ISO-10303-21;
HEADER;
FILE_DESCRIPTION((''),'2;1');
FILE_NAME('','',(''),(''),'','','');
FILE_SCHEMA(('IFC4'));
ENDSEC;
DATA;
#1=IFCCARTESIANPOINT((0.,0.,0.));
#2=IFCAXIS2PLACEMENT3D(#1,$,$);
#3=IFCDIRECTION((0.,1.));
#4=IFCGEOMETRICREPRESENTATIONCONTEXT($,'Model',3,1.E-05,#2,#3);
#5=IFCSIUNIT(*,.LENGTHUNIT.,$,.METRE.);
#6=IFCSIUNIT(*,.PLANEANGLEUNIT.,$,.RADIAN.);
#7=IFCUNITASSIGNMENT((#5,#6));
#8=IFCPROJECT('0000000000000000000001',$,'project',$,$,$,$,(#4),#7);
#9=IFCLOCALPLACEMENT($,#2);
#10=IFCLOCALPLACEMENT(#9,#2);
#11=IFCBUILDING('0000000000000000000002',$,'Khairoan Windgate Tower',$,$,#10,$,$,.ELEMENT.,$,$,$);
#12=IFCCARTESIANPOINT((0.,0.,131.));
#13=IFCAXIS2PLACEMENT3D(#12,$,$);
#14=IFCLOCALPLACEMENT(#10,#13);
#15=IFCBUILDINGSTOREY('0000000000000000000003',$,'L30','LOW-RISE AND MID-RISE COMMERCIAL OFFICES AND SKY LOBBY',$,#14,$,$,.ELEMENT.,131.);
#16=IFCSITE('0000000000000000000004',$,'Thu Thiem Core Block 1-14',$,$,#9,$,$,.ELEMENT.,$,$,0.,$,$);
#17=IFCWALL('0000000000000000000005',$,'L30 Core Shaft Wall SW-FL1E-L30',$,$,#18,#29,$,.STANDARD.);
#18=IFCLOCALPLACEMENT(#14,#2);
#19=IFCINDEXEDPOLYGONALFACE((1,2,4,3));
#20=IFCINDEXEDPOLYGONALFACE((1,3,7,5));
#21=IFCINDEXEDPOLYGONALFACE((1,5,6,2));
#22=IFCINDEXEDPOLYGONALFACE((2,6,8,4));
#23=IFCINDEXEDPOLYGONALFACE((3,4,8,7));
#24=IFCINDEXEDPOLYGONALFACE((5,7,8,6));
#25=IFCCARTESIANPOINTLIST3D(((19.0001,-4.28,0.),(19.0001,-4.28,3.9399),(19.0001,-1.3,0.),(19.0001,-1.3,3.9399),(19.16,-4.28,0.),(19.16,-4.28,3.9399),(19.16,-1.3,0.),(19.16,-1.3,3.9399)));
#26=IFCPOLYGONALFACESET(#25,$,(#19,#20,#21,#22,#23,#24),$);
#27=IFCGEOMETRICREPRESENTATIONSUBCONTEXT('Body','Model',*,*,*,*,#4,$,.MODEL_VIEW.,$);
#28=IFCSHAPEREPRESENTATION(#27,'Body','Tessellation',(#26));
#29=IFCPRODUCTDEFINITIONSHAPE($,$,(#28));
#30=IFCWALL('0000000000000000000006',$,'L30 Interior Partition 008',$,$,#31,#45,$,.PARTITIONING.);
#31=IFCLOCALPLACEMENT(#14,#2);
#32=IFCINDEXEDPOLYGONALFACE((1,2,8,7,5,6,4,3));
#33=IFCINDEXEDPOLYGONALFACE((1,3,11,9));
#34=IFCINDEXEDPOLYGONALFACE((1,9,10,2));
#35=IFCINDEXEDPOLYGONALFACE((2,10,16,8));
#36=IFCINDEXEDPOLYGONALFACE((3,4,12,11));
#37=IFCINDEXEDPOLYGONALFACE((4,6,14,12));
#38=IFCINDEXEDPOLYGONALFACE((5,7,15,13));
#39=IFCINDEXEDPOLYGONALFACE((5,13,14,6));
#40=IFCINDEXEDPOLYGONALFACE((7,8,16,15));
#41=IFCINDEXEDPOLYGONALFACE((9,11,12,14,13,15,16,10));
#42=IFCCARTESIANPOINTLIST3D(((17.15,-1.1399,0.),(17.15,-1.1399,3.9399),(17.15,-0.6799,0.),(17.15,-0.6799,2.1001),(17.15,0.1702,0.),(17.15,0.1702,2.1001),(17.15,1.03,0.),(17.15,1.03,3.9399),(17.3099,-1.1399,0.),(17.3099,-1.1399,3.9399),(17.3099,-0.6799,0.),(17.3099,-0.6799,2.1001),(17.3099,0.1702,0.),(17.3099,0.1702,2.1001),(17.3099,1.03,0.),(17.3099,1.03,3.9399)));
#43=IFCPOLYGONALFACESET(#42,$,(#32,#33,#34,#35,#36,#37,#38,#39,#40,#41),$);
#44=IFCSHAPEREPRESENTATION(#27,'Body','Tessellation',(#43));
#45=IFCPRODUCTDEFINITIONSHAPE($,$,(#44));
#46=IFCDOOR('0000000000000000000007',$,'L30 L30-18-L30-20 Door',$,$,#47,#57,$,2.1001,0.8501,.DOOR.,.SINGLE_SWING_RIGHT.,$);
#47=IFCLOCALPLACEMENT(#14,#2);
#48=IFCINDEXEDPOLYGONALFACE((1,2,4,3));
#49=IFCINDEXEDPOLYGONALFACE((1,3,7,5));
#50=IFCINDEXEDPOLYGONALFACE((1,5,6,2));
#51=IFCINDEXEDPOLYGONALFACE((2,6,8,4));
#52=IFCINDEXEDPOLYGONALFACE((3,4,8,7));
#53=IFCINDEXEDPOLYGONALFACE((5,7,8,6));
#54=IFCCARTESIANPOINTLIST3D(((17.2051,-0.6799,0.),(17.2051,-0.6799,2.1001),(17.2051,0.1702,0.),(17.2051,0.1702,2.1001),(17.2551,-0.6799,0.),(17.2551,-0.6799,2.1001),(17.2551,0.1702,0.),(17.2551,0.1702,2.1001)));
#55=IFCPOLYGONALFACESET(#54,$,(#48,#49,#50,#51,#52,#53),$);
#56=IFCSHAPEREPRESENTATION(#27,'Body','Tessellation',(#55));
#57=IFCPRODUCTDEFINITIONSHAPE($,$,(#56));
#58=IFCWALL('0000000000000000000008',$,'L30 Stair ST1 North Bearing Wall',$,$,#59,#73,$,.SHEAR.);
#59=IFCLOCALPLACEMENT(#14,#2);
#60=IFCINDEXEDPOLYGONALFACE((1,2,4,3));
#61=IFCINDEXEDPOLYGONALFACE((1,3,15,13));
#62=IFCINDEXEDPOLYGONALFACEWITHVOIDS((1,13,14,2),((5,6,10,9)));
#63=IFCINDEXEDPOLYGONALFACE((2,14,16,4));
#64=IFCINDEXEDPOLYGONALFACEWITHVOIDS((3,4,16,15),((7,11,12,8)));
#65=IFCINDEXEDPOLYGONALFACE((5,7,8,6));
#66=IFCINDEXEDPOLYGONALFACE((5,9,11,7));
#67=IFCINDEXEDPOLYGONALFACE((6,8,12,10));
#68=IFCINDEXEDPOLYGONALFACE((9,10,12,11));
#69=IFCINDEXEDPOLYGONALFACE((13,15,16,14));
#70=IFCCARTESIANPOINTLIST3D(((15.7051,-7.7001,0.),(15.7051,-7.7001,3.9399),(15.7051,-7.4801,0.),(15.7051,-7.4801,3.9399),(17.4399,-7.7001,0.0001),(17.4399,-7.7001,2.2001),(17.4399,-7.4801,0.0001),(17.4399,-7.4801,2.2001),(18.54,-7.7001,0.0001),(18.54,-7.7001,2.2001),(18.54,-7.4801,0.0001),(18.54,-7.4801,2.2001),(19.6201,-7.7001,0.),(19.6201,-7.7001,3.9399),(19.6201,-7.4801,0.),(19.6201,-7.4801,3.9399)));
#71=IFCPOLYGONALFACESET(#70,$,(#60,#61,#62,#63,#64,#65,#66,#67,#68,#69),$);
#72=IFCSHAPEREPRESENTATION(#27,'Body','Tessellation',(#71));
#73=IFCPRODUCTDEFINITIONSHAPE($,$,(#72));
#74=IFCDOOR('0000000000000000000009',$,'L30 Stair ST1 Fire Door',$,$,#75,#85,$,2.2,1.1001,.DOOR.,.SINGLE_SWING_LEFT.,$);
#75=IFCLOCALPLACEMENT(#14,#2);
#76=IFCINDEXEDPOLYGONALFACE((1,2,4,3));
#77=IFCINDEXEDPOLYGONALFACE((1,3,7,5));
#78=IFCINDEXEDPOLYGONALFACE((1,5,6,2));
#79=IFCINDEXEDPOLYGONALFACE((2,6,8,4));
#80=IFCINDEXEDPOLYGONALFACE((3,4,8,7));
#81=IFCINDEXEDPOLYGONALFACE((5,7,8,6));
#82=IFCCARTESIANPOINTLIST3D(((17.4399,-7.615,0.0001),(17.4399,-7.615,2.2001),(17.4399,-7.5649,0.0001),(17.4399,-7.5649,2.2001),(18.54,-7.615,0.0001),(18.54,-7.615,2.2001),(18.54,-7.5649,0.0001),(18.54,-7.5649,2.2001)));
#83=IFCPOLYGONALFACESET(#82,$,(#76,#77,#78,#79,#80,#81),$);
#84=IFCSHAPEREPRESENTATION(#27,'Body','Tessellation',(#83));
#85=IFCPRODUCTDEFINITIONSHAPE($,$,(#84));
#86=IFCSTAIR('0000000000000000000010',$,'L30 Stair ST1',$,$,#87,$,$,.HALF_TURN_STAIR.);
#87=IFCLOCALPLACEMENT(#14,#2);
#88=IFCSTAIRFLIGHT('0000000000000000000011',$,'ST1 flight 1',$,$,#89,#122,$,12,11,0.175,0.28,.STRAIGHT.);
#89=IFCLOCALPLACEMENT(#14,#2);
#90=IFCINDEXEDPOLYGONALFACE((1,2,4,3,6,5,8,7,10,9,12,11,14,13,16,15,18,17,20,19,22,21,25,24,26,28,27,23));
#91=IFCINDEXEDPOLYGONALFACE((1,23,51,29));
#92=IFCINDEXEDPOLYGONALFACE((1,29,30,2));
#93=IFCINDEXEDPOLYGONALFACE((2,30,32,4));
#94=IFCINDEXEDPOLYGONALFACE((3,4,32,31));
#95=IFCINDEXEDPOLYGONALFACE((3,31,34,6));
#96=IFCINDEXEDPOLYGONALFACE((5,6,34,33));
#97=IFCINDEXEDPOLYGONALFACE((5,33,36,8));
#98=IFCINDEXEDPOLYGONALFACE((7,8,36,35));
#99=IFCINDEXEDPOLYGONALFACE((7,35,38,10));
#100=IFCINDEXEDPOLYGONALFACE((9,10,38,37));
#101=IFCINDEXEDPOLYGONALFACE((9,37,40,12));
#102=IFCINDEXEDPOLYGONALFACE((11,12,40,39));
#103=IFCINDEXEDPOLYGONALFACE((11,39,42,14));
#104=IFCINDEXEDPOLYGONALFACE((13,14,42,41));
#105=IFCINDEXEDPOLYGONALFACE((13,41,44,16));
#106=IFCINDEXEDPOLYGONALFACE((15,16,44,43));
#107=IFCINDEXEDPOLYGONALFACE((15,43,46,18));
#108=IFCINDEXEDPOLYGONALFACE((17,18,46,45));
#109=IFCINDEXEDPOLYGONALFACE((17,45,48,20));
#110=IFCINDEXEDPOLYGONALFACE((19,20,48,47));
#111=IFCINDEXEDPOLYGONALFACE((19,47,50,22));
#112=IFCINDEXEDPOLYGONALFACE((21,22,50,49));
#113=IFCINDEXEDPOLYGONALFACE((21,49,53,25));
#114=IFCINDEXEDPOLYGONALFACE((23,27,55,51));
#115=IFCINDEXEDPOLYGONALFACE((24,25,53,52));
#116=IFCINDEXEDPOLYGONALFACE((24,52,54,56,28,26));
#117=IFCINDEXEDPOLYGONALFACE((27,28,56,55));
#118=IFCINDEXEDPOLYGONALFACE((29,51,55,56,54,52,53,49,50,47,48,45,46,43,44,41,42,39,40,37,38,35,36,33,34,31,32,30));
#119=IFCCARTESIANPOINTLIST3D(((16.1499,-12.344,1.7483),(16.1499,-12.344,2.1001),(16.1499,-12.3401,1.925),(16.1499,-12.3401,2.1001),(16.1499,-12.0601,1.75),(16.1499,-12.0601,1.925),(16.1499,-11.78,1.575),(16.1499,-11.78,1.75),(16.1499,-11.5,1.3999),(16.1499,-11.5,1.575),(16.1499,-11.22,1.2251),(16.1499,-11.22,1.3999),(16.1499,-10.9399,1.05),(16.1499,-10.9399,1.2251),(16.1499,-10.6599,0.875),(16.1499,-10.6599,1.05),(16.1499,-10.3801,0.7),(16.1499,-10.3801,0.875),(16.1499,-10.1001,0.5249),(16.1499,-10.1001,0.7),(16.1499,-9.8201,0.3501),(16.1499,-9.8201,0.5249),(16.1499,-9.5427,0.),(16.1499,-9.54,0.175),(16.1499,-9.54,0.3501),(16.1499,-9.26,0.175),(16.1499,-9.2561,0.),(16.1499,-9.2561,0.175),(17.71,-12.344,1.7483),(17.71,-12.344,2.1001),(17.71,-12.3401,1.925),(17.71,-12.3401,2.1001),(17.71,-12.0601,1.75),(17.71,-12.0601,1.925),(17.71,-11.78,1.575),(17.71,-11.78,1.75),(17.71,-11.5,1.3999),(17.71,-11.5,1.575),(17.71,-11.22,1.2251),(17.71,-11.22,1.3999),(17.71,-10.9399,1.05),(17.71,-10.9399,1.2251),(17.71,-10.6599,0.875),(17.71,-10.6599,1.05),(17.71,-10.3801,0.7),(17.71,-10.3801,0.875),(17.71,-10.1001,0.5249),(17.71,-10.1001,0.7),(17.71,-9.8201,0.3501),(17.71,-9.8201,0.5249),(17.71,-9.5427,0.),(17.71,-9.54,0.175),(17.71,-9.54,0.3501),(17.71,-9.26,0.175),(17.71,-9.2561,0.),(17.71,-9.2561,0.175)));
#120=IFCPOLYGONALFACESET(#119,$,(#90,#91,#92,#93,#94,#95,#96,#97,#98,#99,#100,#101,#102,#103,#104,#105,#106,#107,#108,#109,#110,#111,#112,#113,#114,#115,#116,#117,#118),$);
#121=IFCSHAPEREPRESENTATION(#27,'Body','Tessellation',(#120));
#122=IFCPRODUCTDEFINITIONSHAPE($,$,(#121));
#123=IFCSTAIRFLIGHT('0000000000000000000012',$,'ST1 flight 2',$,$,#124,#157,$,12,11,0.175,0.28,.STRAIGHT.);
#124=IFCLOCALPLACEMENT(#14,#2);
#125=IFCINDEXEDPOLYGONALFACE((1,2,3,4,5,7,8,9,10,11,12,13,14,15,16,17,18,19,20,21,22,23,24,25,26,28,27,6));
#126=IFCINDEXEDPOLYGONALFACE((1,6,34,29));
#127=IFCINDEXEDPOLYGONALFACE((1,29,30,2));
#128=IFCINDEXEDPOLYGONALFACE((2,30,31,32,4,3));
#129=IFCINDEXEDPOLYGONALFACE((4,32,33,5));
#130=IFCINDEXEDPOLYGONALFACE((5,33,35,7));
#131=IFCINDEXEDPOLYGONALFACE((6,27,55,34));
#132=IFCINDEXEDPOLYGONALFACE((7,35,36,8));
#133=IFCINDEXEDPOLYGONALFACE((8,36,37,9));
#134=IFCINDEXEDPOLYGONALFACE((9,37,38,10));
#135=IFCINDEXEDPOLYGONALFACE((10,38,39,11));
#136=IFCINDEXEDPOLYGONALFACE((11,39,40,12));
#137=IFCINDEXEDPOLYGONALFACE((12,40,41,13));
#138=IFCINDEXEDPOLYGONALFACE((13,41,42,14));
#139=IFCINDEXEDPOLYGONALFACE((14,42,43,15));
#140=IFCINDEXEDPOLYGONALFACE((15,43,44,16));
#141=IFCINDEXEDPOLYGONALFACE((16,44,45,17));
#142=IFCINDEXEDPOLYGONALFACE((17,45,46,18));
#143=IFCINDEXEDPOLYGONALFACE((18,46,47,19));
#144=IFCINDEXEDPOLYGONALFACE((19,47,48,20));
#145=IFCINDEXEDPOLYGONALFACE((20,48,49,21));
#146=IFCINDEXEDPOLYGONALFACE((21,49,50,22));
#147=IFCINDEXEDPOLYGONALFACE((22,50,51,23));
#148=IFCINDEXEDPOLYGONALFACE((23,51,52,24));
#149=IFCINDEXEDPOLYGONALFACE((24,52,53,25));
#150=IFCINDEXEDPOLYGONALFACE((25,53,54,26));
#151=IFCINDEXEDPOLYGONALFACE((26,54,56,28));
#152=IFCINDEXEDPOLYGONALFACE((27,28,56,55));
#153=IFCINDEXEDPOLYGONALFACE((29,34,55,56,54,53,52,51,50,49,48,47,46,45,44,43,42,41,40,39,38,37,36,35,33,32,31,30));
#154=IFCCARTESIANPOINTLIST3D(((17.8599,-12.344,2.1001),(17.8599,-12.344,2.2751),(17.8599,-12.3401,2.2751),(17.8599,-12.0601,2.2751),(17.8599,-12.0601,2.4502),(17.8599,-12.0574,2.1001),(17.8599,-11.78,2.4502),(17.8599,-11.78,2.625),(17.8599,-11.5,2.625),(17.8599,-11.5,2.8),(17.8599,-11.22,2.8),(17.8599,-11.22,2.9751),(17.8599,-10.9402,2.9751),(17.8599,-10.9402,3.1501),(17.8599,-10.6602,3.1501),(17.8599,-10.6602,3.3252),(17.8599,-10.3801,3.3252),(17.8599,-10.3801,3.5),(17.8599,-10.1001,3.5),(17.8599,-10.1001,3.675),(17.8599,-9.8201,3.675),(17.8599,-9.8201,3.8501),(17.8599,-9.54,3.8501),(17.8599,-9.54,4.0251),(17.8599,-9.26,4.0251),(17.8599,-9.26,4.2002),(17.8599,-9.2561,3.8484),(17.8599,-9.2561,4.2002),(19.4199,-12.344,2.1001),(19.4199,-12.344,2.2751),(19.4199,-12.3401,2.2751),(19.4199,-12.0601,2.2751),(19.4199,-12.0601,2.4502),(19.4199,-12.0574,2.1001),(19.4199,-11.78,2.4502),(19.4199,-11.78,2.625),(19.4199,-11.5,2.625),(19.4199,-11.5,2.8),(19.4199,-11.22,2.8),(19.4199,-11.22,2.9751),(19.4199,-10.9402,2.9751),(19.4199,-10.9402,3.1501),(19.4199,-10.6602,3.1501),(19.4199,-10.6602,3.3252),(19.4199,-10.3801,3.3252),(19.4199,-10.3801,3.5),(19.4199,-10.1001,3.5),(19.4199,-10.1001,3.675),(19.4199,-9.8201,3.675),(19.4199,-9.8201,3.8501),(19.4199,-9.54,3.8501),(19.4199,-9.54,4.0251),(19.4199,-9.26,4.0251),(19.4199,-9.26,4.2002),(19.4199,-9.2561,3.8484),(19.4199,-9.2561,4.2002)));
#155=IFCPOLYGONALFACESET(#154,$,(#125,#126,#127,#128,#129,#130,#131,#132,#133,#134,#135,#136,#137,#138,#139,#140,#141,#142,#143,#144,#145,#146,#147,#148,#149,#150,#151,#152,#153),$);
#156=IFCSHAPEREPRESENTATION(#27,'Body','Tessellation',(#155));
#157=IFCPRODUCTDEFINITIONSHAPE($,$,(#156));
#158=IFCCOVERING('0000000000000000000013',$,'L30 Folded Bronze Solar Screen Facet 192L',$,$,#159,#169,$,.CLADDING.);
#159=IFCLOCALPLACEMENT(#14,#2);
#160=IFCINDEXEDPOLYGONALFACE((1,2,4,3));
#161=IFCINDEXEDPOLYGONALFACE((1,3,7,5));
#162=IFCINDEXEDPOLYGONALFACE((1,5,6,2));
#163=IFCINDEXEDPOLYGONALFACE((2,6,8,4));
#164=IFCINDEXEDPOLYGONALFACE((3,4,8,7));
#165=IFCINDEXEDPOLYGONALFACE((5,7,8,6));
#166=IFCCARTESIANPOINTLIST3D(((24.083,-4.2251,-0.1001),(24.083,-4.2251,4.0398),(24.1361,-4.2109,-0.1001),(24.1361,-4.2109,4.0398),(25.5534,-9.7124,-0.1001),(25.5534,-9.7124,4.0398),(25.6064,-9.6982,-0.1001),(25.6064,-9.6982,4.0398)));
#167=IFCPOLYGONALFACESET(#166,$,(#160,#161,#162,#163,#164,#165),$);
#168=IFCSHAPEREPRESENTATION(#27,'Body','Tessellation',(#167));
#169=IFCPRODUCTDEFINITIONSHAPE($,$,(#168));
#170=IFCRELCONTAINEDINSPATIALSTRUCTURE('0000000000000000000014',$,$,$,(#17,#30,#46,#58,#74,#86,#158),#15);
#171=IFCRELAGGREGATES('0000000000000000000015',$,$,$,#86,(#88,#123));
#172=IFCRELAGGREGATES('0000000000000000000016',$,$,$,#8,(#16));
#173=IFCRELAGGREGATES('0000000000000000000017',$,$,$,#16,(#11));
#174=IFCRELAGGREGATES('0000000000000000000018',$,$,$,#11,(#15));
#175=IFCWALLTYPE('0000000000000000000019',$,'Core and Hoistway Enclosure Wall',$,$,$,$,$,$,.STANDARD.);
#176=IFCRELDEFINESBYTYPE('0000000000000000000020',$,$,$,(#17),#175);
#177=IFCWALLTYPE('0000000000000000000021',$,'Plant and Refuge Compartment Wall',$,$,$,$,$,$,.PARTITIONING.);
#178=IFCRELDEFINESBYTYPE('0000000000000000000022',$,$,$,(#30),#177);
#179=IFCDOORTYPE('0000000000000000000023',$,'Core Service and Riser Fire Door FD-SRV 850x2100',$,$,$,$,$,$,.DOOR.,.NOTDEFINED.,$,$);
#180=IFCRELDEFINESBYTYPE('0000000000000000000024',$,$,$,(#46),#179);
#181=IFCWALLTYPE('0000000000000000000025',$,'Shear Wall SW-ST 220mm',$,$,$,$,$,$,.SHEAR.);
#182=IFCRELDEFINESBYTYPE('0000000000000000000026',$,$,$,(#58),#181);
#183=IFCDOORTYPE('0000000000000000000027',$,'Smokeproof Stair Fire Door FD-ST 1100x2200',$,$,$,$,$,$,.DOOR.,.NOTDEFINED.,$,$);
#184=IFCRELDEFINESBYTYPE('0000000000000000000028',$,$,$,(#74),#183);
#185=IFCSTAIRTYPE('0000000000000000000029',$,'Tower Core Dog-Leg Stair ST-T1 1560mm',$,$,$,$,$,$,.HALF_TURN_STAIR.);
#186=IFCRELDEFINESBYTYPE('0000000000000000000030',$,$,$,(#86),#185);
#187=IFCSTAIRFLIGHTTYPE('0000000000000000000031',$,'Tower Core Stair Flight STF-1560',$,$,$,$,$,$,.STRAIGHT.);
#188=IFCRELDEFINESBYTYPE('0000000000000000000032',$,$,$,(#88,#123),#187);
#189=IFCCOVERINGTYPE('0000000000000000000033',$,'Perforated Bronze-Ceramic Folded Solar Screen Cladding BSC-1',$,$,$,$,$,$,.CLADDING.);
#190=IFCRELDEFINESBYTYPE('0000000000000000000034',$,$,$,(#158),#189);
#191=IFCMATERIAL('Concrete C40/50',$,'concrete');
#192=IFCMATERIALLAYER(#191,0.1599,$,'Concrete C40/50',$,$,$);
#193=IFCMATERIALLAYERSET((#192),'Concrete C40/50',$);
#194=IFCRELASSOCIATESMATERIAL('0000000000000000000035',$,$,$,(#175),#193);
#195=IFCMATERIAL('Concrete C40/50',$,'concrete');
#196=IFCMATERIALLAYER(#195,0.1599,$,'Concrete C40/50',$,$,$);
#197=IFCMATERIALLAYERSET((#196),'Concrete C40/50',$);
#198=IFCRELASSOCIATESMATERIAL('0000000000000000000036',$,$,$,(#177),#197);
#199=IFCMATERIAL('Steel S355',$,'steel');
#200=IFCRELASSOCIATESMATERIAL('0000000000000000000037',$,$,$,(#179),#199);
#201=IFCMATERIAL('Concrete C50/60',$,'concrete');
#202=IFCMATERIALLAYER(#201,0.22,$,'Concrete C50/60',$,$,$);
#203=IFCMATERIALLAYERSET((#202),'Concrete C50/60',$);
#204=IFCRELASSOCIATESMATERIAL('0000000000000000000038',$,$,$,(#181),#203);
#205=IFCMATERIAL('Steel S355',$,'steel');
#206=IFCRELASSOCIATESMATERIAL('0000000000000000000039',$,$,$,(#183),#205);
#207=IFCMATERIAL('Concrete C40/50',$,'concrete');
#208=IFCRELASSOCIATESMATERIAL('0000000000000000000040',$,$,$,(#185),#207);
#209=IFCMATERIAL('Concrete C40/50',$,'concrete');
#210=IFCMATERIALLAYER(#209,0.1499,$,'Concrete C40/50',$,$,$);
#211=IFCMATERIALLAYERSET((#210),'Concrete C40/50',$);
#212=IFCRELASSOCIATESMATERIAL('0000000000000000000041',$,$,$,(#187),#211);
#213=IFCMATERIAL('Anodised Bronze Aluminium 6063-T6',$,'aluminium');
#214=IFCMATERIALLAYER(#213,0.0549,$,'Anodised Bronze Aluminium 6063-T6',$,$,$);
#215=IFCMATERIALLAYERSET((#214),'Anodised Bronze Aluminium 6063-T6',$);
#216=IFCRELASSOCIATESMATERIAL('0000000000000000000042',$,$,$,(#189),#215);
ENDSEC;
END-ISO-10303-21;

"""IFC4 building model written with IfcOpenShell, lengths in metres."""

from ifc_helpers import new_model, si_unit, direction, frame, frame_2d, origin, origin_2d, place, context, subcontext, project, spatial, polyline, rectangle, outline, extrude, material, layer, layer_set, type_object, element, fill, aggregate, save


model = new_model("IFC4")

# Units and contexts
model_context = context("Model", 3, precision=1e-05, world=origin(), true_north=direction((0.0, 1.0)))
body_context = subcontext(model_context, "Body", "Model", "MODEL_VIEW")
ifc_project = project(units=[si_unit("LENGTHUNIT", "METRE"), si_unit("PLANEANGLEUNIT", "RADIAN")], contexts=[model_context])

# Site, building, storey
site_placement = place(None, origin())
site = spatial("IfcSite", under=ifc_project, at=site_placement, Name="Thu Thiem Core Block 1-14", CompositionType="ELEMENT", RefElevation=0.0)
building_placement = place(site_placement, origin())
building = spatial("IfcBuilding", under=site, at=building_placement, Name="Khairoan Windgate Tower", CompositionType="ELEMENT")
storey_placement = place(building_placement, frame((0.0, 0.0, 131.0)))
storey = spatial("IfcBuildingStorey", under=building, at=storey_placement, Name="L30", Description="LOW-RISE AND MID-RISE COMMERCIAL OFFICES AND SKY LOBBY", CompositionType="ELEMENT", Elevation=131.0)

# Wall
ifc_material_1 = material(Name="Concrete C40/50", Category="concrete")
ifc_layer_1 = layer(ifc_material_1, 0.1599, Name="Concrete C40/50")
ifc_layer_set_1 = layer_set([ifc_layer_1], Name="Concrete C40/50")
wall_type_1 = type_object("IfcWallType", Name="Core and Hoistway Enclosure Wall", PredefinedType="STANDARD", material=ifc_layer_set_1)
wall_1_placement = place(storey_placement, frame((19.0801, -4.28, 0.0), z_axis=(0.0, 0.0, 1.0), x_axis=(0.0, 1.0, 0.0)))
element("IfcWall", 1, at=wall_1_placement, inside=storey, type_object=wall_type_1, Name="L30 Core Shaft Wall SW-FL1E-L30", PredefinedType="STANDARD", context=body_context, shape_type="SweptSolid", body=[
    extrude(rectangle(XDim=2.98, YDim=0.1599, at=frame_2d((1.49, 0.0))), origin(), (0.0, 0.0, 1.0), 3.9399),
])

# Walls, openings, doors
ifc_material_2 = material(Name="Concrete C40/50", Category="concrete")
ifc_layer_2 = layer(ifc_material_2, 0.1599, Name="Concrete C40/50")
ifc_layer_set_2 = layer_set([ifc_layer_2], Name="Concrete C40/50")
wall_type_2 = type_object("IfcWallType", Name="Plant and Refuge Compartment Wall", PredefinedType="PARTITIONING", material=ifc_layer_set_2)
wall_2_placement = place(storey_placement, frame((17.23, -1.1399, 0.0), z_axis=(0.0, 0.0, 1.0), x_axis=(0.0, 1.0, 0.0)))
wall_2 = element("IfcWall", 2, at=wall_2_placement, inside=storey, type_object=wall_type_2, Name="L30 Interior Partition 008", PredefinedType="PARTITIONING", context=body_context, shape_type="SweptSolid", body=[
    extrude(rectangle(XDim=2.1699, YDim=0.1599, at=frame_2d((1.085, 0.0))), origin(), (0.0, 0.0, 1.0), 3.9399),
])
opening_1_placement = place(wall_2_placement, frame((0.46, 0.0, 0.0)))
opening_1 = element("IfcOpeningElement", 3, at=opening_1_placement, cuts=wall_2, PredefinedType="OPENING", context=body_context, shape_type="SweptSolid", body=[
    extrude(rectangle(XDim=0.8501, YDim=2.1001, at=frame_2d((0.425, 1.05))), frame((0.0, 0.0898, 0.0), z_axis=(0.0, -1.0, 0.0), x_axis=(1.0, 0.0, 0.0)), (0.0, 0.0, 1.0), 0.1799),
])
ifc_material_3 = material(Name="Steel S355", Category="steel")
door_type_1 = type_object("IfcDoorType", Name="Core Service and Riser Fire Door FD-SRV 850x2100", OperationType="NOTDEFINED", PredefinedType="DOOR", material=ifc_material_3)
door_1_placement = place(opening_1_placement, origin())
door_1 = element("IfcDoor", 4, at=door_1_placement, inside=storey, type_object=door_type_1, Name="L30 L30-18-L30-20 Door", OperationType="SINGLE_SWING_RIGHT", OverallHeight=2.1001, OverallWidth=0.8501, PredefinedType="DOOR", context=body_context, shape_type="SweptSolid", body=[
    extrude(rectangle(XDim=0.8501, YDim=2.1001, at=frame_2d((0.425, 1.05))), frame((0.0, 0.0249, 0.0), z_axis=(0.0, -1.0, 0.0), x_axis=(1.0, 0.0, 0.0)), (0.0, 0.0, 1.0), 0.05),
])
fill(opening_1, door_1)
ifc_material_4 = material(Name="Concrete C50/60", Category="concrete")
ifc_layer_3 = layer(ifc_material_4, 0.22, Name="Concrete C50/60")
ifc_layer_set_3 = layer_set([ifc_layer_3], Name="Concrete C50/60")
wall_type_3 = type_object("IfcWallType", Name="Shear Wall SW-ST 220mm", PredefinedType="SHEAR", material=ifc_layer_set_3)
wall_3_placement = place(storey_placement, frame((19.6201, -7.5901, 0.0), z_axis=(0.0, 0.0, 1.0), x_axis=(-1.0, 0.0, 0.0)))
wall_3 = element("IfcWall", 5, at=wall_3_placement, inside=storey, type_object=wall_type_3, Name="L30 Stair ST1 North Bearing Wall", PredefinedType="SHEAR", context=body_context, shape_type="SweptSolid", body=[
    extrude(rectangle(XDim=3.915, YDim=0.22, at=frame_2d((1.9575, 0.0))), origin(), (0.0, 0.0, 1.0), 3.9399),
])
opening_2_placement = place(wall_3_placement, frame((1.0801, 0.0, 0.0)))
opening_2 = element("IfcOpeningElement", 6, at=opening_2_placement, cuts=wall_3, PredefinedType="OPENING", context=body_context, shape_type="SweptSolid", body=[
    extrude(rectangle(XDim=1.1001, YDim=2.2, at=frame_2d((0.55, 1.1001))), frame((0.0, 0.1199, 0.0), z_axis=(0.0, -1.0, 0.0), x_axis=(1.0, 0.0, 0.0)), (0.0, 0.0, 1.0), 0.24),
])
ifc_material_5 = material(Name="Steel S355", Category="steel")
door_type_2 = type_object("IfcDoorType", Name="Smokeproof Stair Fire Door FD-ST 1100x2200", OperationType="NOTDEFINED", PredefinedType="DOOR", material=ifc_material_5)
door_2_placement = place(opening_2_placement, origin())
door_2 = element("IfcDoor", 7, at=door_2_placement, inside=storey, type_object=door_type_2, Name="L30 Stair ST1 Fire Door", OperationType="SINGLE_SWING_LEFT", OverallHeight=2.2, OverallWidth=1.1001, PredefinedType="DOOR", context=body_context, shape_type="SweptSolid", body=[
    extrude(rectangle(XDim=1.1001, YDim=2.2, at=frame_2d((0.55, 1.1001))), frame((0.0, 0.0249, 0.0), z_axis=(0.0, -1.0, 0.0), x_axis=(1.0, 0.0, 0.0)), (0.0, 0.0, 1.0), 0.05),
])
fill(opening_2, door_2)

# Stair, stair flights
ifc_material_6 = material(Name="Concrete C40/50", Category="concrete")
stair_type = type_object("IfcStairType", Name="Tower Core Dog-Leg Stair ST-T1 1560mm", PredefinedType="HALF_TURN_STAIR", material=ifc_material_6)
stair_placement = place(storey_placement, origin())
stair = element("IfcStair", 8, at=stair_placement, inside=storey, type_object=stair_type, Name="L30 Stair ST1", PredefinedType="HALF_TURN_STAIR")
ifc_material_7 = material(Name="Concrete C40/50", Category="concrete")
ifc_layer_4 = layer(ifc_material_7, 0.1499, Name="Concrete C40/50")
ifc_layer_set_4 = layer_set([ifc_layer_4], Name="Concrete C40/50")
stair_flight_type = type_object("IfcStairFlightType", Name="Tower Core Stair Flight STF-1560", PredefinedType="STRAIGHT", material=ifc_layer_set_4)
stair_flight_1_placement = place(storey_placement, frame((16.9299, -9.26, 0.0), z_axis=(0.0, 0.0, 1.0), x_axis=(0.0, -1.0, 0.0)))
stair_flight_1 = element("IfcStairFlight", 9, at=stair_flight_1_placement, type_object=stair_flight_type, Name="ST1 flight 1", NumberOfRisers=12, NumberOfTreads=11, PredefinedType="STRAIGHT", RiserHeight=0.175, TreadLength=0.28, context=body_context, shape_type="SweptSolid", body=[
    extrude(outline(polyline([(-0.0039, 0.0), (-0.0039, 0.175), (0.0, 0.175), (0.28, 0.175), (0.28, 0.3501), (0.5601, 0.3501), (0.5601, 0.5249), (0.8401, 0.5249), (0.8401, 0.7), (1.1201, 0.7), (1.1201, 0.875), (1.3999, 0.875), (1.3999, 1.05), (1.6799, 1.05), (1.6799, 1.2251), (1.96, 1.2251), (1.96, 1.3999), (2.24, 1.3999), (2.24, 1.575), (2.52, 1.575), (2.52, 1.75), (2.8, 1.75), (2.8, 1.925), (3.0801, 1.925), (3.0801, 2.1001), (3.084, 2.1001), (3.084, 1.7483), (0.2827, 0.0), (-0.0039, 0.0)])), frame((0.0, 0.78, 0.0), z_axis=(0.0, -1.0, 0.0), x_axis=(1.0, 0.0, 0.0)), (0.0, 0.0, 1.0), 1.5601),
])
stair_flight_2_placement = place(storey_placement, frame((18.6399, -12.3401, 2.1001), z_axis=(0.0, 0.0, 1.0), x_axis=(0.0, 1.0, 0.0)))
stair_flight_2 = element("IfcStairFlight", 10, at=stair_flight_2_placement, type_object=stair_flight_type, Name="ST1 flight 2", NumberOfRisers=12, NumberOfTreads=11, PredefinedType="STRAIGHT", RiserHeight=0.175, TreadLength=0.28, context=body_context, shape_type="SweptSolid", body=[
    extrude(outline(polyline([(-0.0039, 0.0), (-0.0039, 0.175), (0.0, 0.175), (0.28, 0.175), (0.28, 0.3501), (0.5601, 0.3501), (0.5601, 0.5249), (0.8401, 0.5249), (0.8401, 0.7), (1.1201, 0.7), (1.1201, 0.875), (1.3999, 0.875), (1.3999, 1.05), (1.6799, 1.05), (1.6799, 1.2251), (1.96, 1.2251), (1.96, 1.3999), (2.24, 1.3999), (2.24, 1.575), (2.52, 1.575), (2.52, 1.75), (2.8, 1.75), (2.8, 1.925), (3.0801, 1.925), (3.0801, 2.1001), (3.084, 2.1001), (3.084, 1.7483), (0.2827, 0.0), (-0.0039, 0.0)])), frame((0.0, 0.78, 0.0), z_axis=(0.0, -1.0, 0.0), x_axis=(1.0, 0.0, 0.0)), (0.0, 0.0, 1.0), 1.5601),
])
aggregate(stair, [stair_flight_1, stair_flight_2])

# Covering
ifc_material_8 = material(Name="Anodised Bronze Aluminium 6063-T6", Category="aluminium")
ifc_layer_5 = layer(ifc_material_8, 0.0549, Name="Anodised Bronze Aluminium 6063-T6")
ifc_layer_set_5 = layer_set([ifc_layer_5], Name="Anodised Bronze Aluminium 6063-T6")
covering_type = type_object("IfcCoveringType", Name="Perforated Bronze-Ceramic Folded Solar Screen Cladding BSC-1", PredefinedType="CLADDING", material=ifc_layer_set_5)
covering_placement = place(storey_placement, frame((24.8447, -6.9617, -0.1001), z_axis=(0.0, 0.0, 1.0), x_axis=(0.258819, -0.965926, 0.0)))
element("IfcCovering", 11, at=covering_placement, inside=storey, type_object=covering_type, Name="L30 Folded Bronze Solar Screen Facet 192L", PredefinedType="CLADDING", context=body_context, shape_type="SweptSolid", body=[
    extrude(rectangle(XDim=5.6809, YDim=0.0549, at=origin_2d()), origin(), (0.0, 0.0, 1.0), 4.1399),
])

save(model, "model.ifc")
